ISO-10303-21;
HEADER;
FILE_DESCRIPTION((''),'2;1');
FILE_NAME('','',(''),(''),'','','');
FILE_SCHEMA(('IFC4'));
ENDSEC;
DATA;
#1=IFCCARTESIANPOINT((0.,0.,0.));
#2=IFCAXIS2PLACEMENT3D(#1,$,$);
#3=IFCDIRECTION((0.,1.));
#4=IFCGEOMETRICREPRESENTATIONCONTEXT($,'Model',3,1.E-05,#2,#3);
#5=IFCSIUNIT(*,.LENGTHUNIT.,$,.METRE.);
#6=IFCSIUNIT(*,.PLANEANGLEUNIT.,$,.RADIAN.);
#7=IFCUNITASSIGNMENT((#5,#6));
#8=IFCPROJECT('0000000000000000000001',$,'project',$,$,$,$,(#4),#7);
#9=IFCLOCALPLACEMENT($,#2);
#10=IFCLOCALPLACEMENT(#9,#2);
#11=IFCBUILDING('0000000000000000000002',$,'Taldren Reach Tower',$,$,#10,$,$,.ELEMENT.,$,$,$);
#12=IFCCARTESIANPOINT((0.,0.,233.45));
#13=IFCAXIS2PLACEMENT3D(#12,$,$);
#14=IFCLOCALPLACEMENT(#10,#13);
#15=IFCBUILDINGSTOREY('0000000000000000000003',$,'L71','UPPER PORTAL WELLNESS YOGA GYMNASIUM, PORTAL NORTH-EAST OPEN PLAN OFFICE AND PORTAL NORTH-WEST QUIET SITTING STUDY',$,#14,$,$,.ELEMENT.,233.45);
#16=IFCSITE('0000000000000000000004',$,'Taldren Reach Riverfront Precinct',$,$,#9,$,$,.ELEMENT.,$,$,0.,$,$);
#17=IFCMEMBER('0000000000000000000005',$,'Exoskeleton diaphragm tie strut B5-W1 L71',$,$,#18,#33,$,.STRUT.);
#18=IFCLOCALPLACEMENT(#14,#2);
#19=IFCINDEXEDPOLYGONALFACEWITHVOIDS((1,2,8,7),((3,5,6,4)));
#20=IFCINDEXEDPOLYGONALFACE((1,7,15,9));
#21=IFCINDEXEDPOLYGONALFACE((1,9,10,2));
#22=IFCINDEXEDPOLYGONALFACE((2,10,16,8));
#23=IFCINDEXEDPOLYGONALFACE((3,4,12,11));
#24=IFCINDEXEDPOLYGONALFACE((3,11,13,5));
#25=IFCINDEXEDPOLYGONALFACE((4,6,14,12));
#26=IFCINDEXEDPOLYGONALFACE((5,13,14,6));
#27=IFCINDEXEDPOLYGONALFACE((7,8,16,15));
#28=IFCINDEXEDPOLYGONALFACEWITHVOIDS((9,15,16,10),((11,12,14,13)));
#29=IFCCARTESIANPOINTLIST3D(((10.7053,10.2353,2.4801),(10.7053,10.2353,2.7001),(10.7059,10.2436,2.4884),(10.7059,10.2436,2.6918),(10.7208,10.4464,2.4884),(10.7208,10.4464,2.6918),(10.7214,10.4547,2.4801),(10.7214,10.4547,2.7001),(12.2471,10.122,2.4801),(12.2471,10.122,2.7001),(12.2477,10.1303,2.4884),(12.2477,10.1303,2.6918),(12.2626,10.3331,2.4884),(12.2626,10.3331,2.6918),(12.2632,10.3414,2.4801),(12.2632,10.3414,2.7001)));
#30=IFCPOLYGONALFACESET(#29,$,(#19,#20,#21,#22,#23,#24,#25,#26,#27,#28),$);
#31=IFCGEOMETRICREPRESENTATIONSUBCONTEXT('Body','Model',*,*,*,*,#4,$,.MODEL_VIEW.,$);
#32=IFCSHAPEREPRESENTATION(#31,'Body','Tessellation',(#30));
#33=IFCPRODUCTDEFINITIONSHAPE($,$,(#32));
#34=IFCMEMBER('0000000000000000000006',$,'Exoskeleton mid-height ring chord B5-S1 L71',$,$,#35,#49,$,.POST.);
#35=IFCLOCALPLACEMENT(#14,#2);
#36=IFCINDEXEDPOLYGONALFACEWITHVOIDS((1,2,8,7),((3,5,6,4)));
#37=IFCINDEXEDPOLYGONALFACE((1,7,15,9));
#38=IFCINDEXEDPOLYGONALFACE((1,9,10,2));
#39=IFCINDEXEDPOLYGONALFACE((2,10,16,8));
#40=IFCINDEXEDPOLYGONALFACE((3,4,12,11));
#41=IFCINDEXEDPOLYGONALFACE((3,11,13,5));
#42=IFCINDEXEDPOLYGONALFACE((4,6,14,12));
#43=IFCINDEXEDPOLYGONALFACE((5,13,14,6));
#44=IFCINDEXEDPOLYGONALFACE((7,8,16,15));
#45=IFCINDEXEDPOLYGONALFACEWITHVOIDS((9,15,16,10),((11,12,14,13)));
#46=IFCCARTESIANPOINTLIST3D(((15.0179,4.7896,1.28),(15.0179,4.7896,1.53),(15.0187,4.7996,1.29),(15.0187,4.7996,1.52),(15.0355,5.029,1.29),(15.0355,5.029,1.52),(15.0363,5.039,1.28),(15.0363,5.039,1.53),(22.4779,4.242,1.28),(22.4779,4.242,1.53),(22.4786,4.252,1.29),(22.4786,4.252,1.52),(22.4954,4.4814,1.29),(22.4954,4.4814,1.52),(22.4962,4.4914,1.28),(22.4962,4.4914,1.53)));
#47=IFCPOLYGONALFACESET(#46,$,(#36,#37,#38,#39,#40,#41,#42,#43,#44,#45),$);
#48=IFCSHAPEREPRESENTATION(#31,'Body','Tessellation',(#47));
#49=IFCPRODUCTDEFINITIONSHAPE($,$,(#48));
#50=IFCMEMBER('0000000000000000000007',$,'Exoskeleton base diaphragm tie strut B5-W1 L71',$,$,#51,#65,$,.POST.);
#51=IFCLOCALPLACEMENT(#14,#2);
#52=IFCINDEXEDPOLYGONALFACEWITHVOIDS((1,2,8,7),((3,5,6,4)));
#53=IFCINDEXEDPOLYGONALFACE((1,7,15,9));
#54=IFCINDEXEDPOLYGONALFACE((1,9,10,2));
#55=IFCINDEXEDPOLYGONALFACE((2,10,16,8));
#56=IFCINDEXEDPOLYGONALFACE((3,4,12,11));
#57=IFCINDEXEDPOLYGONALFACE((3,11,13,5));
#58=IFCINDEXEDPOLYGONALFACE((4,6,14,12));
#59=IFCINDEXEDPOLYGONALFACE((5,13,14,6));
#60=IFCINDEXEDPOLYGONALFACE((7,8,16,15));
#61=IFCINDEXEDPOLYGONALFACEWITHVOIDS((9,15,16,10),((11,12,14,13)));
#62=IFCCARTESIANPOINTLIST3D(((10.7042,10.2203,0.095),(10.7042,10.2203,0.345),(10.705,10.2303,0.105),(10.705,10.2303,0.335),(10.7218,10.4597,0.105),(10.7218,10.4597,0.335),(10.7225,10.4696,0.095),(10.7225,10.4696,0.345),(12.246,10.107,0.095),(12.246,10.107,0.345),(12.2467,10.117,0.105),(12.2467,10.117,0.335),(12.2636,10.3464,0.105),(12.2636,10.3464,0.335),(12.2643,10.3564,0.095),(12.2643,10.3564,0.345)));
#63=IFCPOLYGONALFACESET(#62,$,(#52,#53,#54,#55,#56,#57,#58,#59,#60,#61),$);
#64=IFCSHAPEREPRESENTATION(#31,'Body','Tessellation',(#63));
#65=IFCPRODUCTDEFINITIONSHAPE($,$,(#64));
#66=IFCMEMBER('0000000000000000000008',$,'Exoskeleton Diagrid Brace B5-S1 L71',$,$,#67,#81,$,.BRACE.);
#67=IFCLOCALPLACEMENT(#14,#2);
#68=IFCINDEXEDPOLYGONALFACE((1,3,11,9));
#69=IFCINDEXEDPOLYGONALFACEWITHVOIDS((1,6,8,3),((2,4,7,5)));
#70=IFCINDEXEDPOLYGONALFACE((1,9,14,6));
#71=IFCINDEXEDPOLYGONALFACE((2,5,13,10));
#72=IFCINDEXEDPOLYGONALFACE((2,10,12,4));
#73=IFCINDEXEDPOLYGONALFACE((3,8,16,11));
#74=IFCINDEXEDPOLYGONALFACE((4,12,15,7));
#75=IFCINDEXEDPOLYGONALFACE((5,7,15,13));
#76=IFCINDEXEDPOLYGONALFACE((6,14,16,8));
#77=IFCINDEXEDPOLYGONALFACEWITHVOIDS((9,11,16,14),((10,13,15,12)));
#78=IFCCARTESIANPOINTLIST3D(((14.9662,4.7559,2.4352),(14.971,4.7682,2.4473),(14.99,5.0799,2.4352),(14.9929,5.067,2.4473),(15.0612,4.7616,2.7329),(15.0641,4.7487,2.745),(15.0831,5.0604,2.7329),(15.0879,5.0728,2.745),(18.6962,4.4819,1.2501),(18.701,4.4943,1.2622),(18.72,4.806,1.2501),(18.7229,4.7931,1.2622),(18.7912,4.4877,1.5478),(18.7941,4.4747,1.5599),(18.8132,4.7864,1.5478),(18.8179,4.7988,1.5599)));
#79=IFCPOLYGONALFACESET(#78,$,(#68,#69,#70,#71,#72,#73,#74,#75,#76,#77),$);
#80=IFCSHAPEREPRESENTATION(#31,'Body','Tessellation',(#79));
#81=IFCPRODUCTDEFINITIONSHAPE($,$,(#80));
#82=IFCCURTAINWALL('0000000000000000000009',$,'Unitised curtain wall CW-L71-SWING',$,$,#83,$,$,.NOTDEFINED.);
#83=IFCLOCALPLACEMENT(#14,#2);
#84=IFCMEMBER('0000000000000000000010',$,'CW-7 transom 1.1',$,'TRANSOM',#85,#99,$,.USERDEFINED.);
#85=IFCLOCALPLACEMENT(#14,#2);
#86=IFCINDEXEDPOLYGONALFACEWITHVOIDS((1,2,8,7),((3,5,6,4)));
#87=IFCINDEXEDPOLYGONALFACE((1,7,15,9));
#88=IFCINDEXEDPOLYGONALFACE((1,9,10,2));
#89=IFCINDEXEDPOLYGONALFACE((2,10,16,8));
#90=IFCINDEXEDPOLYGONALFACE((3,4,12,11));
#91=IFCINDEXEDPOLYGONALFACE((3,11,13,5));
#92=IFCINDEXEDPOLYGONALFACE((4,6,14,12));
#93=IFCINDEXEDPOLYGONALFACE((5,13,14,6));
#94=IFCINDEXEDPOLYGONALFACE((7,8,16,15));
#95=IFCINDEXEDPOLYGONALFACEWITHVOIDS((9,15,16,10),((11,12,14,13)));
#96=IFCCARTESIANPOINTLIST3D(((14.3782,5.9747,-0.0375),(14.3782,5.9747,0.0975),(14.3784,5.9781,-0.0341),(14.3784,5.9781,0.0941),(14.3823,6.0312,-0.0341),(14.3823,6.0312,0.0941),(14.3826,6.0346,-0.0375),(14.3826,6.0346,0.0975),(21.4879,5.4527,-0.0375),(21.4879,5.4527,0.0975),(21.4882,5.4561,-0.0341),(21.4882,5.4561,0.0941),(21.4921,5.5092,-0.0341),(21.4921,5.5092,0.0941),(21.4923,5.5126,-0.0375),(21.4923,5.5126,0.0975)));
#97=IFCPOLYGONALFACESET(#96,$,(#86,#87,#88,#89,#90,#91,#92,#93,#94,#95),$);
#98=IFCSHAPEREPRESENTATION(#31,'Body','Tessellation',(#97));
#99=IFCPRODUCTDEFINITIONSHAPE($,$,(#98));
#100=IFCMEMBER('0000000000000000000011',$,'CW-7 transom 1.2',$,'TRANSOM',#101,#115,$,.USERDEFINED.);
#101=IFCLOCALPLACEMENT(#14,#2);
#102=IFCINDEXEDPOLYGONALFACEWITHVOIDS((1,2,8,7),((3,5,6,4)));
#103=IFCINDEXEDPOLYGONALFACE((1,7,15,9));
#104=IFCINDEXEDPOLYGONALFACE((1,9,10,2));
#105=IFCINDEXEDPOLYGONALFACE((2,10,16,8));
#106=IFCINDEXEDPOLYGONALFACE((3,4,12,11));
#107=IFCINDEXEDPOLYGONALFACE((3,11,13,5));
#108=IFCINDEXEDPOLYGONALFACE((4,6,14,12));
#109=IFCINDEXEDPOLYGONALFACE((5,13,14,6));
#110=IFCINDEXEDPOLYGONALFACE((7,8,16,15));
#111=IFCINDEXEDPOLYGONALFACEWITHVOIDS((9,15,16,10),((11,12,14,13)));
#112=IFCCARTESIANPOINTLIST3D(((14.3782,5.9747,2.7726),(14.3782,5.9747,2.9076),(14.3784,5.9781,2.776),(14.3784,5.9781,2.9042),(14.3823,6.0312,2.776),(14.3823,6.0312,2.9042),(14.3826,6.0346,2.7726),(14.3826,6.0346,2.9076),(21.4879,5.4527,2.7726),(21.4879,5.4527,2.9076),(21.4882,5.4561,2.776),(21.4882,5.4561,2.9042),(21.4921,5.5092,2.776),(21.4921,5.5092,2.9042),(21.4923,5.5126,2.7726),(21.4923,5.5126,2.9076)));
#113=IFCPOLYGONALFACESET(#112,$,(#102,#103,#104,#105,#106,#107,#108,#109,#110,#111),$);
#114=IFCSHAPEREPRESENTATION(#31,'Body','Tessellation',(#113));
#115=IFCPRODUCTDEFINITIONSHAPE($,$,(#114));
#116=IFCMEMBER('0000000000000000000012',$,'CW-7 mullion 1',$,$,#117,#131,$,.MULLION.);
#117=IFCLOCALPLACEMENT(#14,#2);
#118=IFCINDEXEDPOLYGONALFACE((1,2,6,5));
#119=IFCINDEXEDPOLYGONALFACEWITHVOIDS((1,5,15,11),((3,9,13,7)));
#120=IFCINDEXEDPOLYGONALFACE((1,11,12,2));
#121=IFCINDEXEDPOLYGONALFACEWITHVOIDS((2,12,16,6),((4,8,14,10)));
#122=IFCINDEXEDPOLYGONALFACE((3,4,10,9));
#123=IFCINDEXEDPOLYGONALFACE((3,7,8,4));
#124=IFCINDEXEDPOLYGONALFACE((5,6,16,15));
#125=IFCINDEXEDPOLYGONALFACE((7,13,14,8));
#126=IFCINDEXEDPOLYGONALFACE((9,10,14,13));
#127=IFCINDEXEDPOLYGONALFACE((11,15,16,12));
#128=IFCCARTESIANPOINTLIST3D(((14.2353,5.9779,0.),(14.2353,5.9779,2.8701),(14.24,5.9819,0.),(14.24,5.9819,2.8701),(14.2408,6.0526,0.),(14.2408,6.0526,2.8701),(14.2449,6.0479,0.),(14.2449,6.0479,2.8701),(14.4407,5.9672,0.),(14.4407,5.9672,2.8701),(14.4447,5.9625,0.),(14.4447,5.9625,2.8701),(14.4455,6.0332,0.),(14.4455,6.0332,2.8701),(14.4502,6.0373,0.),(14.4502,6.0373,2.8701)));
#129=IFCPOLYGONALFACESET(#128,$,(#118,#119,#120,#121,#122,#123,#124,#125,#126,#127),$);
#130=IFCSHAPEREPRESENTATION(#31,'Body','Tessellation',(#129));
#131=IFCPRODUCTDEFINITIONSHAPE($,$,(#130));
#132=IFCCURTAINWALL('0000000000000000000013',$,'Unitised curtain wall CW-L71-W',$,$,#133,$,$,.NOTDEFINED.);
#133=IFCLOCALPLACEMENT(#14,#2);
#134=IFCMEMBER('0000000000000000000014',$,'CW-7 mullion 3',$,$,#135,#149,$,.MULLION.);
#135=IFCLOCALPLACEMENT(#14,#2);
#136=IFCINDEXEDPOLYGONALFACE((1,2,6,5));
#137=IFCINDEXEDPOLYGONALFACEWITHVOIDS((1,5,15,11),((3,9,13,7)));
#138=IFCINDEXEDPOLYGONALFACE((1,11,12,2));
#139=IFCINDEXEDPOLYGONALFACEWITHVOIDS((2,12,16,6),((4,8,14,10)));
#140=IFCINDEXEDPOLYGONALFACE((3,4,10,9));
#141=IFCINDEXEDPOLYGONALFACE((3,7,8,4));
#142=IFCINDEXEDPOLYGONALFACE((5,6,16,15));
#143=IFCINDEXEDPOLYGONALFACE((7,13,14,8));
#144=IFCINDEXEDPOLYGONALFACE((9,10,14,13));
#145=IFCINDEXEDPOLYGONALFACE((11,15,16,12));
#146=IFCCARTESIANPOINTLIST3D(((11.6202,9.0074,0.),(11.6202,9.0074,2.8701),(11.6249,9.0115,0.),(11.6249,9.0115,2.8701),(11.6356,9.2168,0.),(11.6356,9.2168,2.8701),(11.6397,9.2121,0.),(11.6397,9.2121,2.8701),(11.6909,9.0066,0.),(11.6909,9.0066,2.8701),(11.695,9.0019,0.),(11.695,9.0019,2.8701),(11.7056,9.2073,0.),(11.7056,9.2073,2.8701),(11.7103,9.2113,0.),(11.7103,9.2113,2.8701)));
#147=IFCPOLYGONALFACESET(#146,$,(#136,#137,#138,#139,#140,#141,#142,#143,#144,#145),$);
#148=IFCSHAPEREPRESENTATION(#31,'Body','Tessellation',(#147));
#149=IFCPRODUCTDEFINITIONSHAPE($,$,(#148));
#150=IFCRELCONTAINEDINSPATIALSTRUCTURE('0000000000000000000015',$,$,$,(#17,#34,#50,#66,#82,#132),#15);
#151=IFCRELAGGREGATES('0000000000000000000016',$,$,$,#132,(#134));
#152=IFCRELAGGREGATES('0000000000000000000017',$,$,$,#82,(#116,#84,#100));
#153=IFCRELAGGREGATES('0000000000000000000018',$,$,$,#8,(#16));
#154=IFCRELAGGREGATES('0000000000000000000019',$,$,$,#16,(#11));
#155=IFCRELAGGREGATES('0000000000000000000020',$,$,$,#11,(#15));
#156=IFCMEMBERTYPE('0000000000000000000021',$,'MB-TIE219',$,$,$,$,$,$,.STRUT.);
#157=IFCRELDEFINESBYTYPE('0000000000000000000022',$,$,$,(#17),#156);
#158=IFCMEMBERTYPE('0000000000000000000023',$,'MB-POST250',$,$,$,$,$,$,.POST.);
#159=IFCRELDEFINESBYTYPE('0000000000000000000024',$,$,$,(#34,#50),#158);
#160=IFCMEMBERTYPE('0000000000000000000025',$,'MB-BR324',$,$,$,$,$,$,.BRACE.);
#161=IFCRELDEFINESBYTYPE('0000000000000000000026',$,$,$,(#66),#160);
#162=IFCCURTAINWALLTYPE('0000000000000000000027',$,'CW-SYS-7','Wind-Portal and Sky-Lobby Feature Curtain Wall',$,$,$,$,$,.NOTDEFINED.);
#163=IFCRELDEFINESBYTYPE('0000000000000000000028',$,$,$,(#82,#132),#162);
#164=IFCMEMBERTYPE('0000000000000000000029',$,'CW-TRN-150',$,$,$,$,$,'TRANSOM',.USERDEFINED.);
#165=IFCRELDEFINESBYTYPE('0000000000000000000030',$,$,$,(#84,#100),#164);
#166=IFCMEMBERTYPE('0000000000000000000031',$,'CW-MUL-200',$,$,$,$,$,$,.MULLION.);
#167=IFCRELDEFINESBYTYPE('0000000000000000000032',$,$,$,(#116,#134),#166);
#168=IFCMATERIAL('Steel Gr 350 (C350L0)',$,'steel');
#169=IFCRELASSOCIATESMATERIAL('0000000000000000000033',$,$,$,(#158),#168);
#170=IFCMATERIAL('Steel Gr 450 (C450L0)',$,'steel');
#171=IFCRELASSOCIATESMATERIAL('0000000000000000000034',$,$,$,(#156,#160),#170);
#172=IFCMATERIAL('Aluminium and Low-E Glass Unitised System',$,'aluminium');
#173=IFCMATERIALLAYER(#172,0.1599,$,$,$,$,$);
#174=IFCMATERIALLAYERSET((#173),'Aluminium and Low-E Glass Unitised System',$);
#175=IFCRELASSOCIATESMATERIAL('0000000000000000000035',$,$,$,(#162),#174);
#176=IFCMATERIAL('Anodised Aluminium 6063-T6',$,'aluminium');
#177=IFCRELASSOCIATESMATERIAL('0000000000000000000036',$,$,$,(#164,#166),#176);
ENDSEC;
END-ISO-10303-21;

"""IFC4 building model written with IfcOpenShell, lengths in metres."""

from ifc_helpers import new_model, si_unit, direction, frame, origin, origin_2d, place, context, subcontext, project, spatial, hollow_rectangle, extrude, source, transform, mapped, material, layer, layer_set, material_profile, profile_set, type_object, element, aggregate, save


model = new_model("IFC4")

# Units and contexts
model_context = context("Model", 3, precision=1e-05, world=origin(), true_north=direction((0.0, 1.0)))
body_context = subcontext(model_context, "Body", "Model", "MODEL_VIEW")
ifc_project = project(units=[si_unit("LENGTHUNIT", "METRE"), si_unit("PLANEANGLEUNIT", "RADIAN")], contexts=[model_context])

# Site, building, storey
site_placement = place(None, origin())
site = spatial("IfcSite", under=ifc_project, at=site_placement, Name="Taldren Reach Riverfront Precinct", CompositionType="ELEMENT", RefElevation=0.0)
building_placement = place(site_placement, origin())
building = spatial("IfcBuilding", under=site, at=building_placement, Name="Taldren Reach Tower", CompositionType="ELEMENT")
storey_placement = place(building_placement, frame((0.0, 0.0, 233.45)))
storey = spatial("IfcBuildingStorey", under=building, at=storey_placement, Name="L71", Description="UPPER PORTAL WELLNESS YOGA GYMNASIUM, PORTAL NORTH-EAST OPEN PLAN OFFICE AND PORTAL NORTH-WEST QUIET SITTING STUDY", CompositionType="ELEMENT", Elevation=233.45)

# Shared definitions
ifc_material_1 = material(Name="Steel Gr 350 (C350L0)", Category="steel")

# Shared definitions
ifc_material_profile_1 = material_profile(ifc_material_1, hollow_rectangle(XDim=0.25, YDim=0.25, WallThickness=0.01, at=origin_2d()), Name="250x250x10.0SHS")
ifc_profile_set_1 = profile_set([ifc_material_profile_1], Name="Steel Gr 350 (C350L0)")
member_type_1 = type_object("IfcMemberType", Name="MB-POST250", PredefinedType="POST", material=ifc_profile_set_1)
ifc_material_2 = material(Name="Steel Gr 450 (C450L0)", Category="steel")
ifc_material_profile_2 = material_profile(ifc_material_2, hollow_rectangle(XDim=0.22, YDim=0.22, WallThickness=0.0083, at=origin_2d()), Name="220x220x8.2SHS")
ifc_profile_set_2 = profile_set([ifc_material_profile_2], Name="Steel Gr 450 (C450L0)")
member_type_2 = type_object("IfcMemberType", Name="MB-TIE219", PredefinedType="STRUT", material=ifc_profile_set_2)

# Members
shared_shape_1 = source(origin(), body_context, "Body", "SweptSolid", [
    extrude(hollow_rectangle(XDim=0.22, YDim=0.22, WallThickness=0.0083, at=origin_2d()), origin(), (0.0, 0.0, 1.0), 1.5459),
])
member_1_placement = place(storey_placement, frame((12.2551, 10.2317, 2.5901), z_axis=(-0.997312, 0.073278, 0.0), x_axis=(-0.073278, -0.997312, 0.0)))
element("IfcMember", 1, at=member_1_placement, inside=storey, type_object=member_type_2, Name="Exoskeleton diaphragm tie strut B5-W1 L71", PredefinedType="STRUT", context=body_context, shape_type="MappedRepresentation", body=[
    mapped(shared_shape_1, transform((0.0, 0.0, 0.0), scale=1.0)),
])
shared_shape_2 = source(origin(), body_context, "Body", "SweptSolid", [
    extrude(hollow_rectangle(XDim=0.25, YDim=0.25, WallThickness=0.01, at=origin_2d()), origin(), (0.0, 0.0, 1.0), 7.48),
])
member_2_placement = place(storey_placement, frame((15.0271, 4.9143, 1.405), z_axis=(0.997317, -0.073209, 0.0), x_axis=(0.073209, 0.997317, 0.0)))
element("IfcMember", 2, at=member_2_placement, inside=storey, type_object=member_type_1, Name="Exoskeleton mid-height ring chord B5-S1 L71", PredefinedType="POST", context=body_context, shape_type="MappedRepresentation", body=[
    mapped(shared_shape_2, transform((0.0, 0.0, 0.0), scale=1.0)),
])
shared_shape_3 = source(origin(), body_context, "Body", "SweptSolid", [
    extrude(hollow_rectangle(XDim=0.25, YDim=0.25, WallThickness=0.01, at=origin_2d()), origin(), (0.0, 0.0, 1.0), 1.5459),
])
member_3_placement = place(storey_placement, frame((12.2551, 10.2317, 0.22), z_axis=(-0.997312, 0.073278, 0.0), x_axis=(-0.073278, -0.997312, 0.0)))
element("IfcMember", 3, at=member_3_placement, inside=storey, type_object=member_type_1, Name="Exoskeleton base diaphragm tie strut B5-W1 L71", PredefinedType="POST", context=body_context, shape_type="MappedRepresentation", body=[
    mapped(shared_shape_3, transform((0.0, 0.0, 0.0), scale=1.0)),
])
ifc_material_profile_3 = material_profile(ifc_material_2, hollow_rectangle(XDim=0.325, YDim=0.325, WallThickness=0.0127, at=origin_2d()), Name="325x325x12.7SHS")
ifc_profile_set_3 = profile_set([ifc_material_profile_3], Name="Steel Gr 450 (C450L0)")
member_type_3 = type_object("IfcMemberType", Name="MB-BR324", PredefinedType="BRACE", material=ifc_profile_set_3)
shared_shape_4 = source(origin(), body_context, "Body", "SweptSolid", [
    extrude(hollow_rectangle(XDim=0.325, YDim=0.325, WallThickness=0.0127, at=origin_2d()), origin(), (0.0, 0.0, 1.0), 3.9233),
])
member_4_placement = place(storey_placement, frame((18.7571, 4.6404, 1.405), z_axis=(-0.950729, 0.069821, 0.302058), x_axis=(-0.073242, -0.997314, 0.0)))
element("IfcMember", 4, at=member_4_placement, inside=storey, type_object=member_type_3, Name="Exoskeleton Diagrid Brace B5-S1 L71", PredefinedType="BRACE", context=body_context, shape_type="MappedRepresentation", body=[
    mapped(shared_shape_4, transform((0.0, 0.0, 0.0), scale=1.0)),
])

# Curtain wall, members
ifc_material_3 = material(Name="Aluminium and Low-E Glass Unitised System", Category="aluminium")
ifc_layer_1 = layer(ifc_material_3, 0.1599)
ifc_layer_set_1 = layer_set([ifc_layer_1], Name="Aluminium and Low-E Glass Unitised System")
curtain_wall_type = type_object("IfcCurtainWallType", Name="CW-SYS-7", Description="Wind-Portal and Sky-Lobby Feature Curtain Wall", PredefinedType="NOTDEFINED", material=ifc_layer_set_1)
curtain_wall_1_placement = place(storey_placement, origin())
curtain_wall_1 = element("IfcCurtainWall", 5, at=curtain_wall_1_placement, inside=storey, type_object=curtain_wall_type, Name="Unitised curtain wall CW-L71-SWING", PredefinedType="NOTDEFINED")
ifc_material_4 = material(Name="Anodised Aluminium 6063-T6", Category="aluminium")
ifc_material_profile_4 = material_profile(ifc_material_4, hollow_rectangle(XDim=0.0601, YDim=0.135, WallThickness=0.0034, at=origin_2d()), Name="ALU-135x60x3.5RHS")
ifc_profile_set_4 = profile_set([ifc_material_profile_4], Name="Anodised Aluminium 6063-T6")
member_type_4 = type_object("IfcMemberType", Name="CW-TRN-150", ElementType="TRANSOM", PredefinedType="USERDEFINED", material=ifc_profile_set_4)
shared_shape_5 = source(origin(), body_context, "Body", "SweptSolid", [
    extrude(hollow_rectangle(XDim=0.0601, YDim=0.135, WallThickness=0.0034, at=origin_2d()), origin(), (0.0, 0.0, 1.0), 7.1289),
])
member_5_placement = place(storey_placement, frame((14.3804, 6.0046, 0.03), z_axis=(0.997316, -0.073218, 0.0), x_axis=(0.073218, 0.997316, 0.0)))
member_5 = element("IfcMember", 6, at=member_5_placement, type_object=member_type_4, Name="CW-7 transom 1.1", ObjectType="TRANSOM", PredefinedType="USERDEFINED", context=body_context, shape_type="MappedRepresentation", body=[
    mapped(shared_shape_5, transform((0.0, 0.0, 0.0), scale=1.0)),
])
member_6_placement = place(storey_placement, frame((14.3804, 6.0046, 2.8401), z_axis=(0.997316, -0.073218, 0.0), x_axis=(0.073218, 0.997316, 0.0)))
member_6 = element("IfcMember", 7, at=member_6_placement, type_object=member_type_4, Name="CW-7 transom 1.2", ObjectType="TRANSOM", PredefinedType="USERDEFINED", context=body_context, shape_type="MappedRepresentation", body=[
    mapped(shared_shape_5, transform((0.0, 0.0, 0.0), scale=1.0)),
])
ifc_material_profile_5 = material_profile(ifc_material_4, hollow_rectangle(XDim=0.075, YDim=0.21, WallThickness=0.0044, at=origin_2d()), Name="ALU-210x75x4.5RHS")
ifc_profile_set_5 = profile_set([ifc_material_profile_5], Name="Anodised Aluminium 6063-T6")
member_type_5 = type_object("IfcMemberType", Name="CW-MUL-200", PredefinedType="MULLION", material=ifc_profile_set_5)
shared_shape_6 = source(origin(), body_context, "Body", "SweptSolid", [
    extrude(hollow_rectangle(XDim=0.075, YDim=0.21, WallThickness=0.0044, at=origin_2d()), origin(), (0.0, 0.0, 1.0), 2.8701),
])
member_7_placement = place(storey_placement, frame((14.3428, 6.0076, 0.0), z_axis=(0.0, 0.0, 1.0), x_axis=(0.073238, 0.997314, 0.0)))
member_7 = element("IfcMember", 8, at=member_7_placement, type_object=member_type_5, Name="CW-7 mullion 1", PredefinedType="MULLION", context=body_context, shape_type="MappedRepresentation", body=[
    mapped(shared_shape_6, transform((0.0, 0.0, 0.0), scale=1.0)),
])

# Curtain wall, member
curtain_wall_2_placement = place(storey_placement, origin())
curtain_wall_2 = element("IfcCurtainWall", 9, at=curtain_wall_2_placement, inside=storey, type_object=curtain_wall_type, Name="Unitised curtain wall CW-L71-W", PredefinedType="NOTDEFINED")
member_8_placement = place(storey_placement, frame((11.6653, 9.1094, 0.0), z_axis=(0.0, 0.0, 1.0), x_axis=(0.997314, -0.073238, 0.0)))
member_8 = element("IfcMember", 10, at=member_8_placement, type_object=member_type_5, Name="CW-7 mullion 3", PredefinedType="MULLION", context=body_context, shape_type="MappedRepresentation", body=[
    mapped(shared_shape_6, transform((0.0, 0.0, 0.0), scale=1.0)),
])
aggregate(curtain_wall_2, [member_8])

aggregate(curtain_wall_1, [member_7, member_5, member_6])

save(model, "model.ifc")
